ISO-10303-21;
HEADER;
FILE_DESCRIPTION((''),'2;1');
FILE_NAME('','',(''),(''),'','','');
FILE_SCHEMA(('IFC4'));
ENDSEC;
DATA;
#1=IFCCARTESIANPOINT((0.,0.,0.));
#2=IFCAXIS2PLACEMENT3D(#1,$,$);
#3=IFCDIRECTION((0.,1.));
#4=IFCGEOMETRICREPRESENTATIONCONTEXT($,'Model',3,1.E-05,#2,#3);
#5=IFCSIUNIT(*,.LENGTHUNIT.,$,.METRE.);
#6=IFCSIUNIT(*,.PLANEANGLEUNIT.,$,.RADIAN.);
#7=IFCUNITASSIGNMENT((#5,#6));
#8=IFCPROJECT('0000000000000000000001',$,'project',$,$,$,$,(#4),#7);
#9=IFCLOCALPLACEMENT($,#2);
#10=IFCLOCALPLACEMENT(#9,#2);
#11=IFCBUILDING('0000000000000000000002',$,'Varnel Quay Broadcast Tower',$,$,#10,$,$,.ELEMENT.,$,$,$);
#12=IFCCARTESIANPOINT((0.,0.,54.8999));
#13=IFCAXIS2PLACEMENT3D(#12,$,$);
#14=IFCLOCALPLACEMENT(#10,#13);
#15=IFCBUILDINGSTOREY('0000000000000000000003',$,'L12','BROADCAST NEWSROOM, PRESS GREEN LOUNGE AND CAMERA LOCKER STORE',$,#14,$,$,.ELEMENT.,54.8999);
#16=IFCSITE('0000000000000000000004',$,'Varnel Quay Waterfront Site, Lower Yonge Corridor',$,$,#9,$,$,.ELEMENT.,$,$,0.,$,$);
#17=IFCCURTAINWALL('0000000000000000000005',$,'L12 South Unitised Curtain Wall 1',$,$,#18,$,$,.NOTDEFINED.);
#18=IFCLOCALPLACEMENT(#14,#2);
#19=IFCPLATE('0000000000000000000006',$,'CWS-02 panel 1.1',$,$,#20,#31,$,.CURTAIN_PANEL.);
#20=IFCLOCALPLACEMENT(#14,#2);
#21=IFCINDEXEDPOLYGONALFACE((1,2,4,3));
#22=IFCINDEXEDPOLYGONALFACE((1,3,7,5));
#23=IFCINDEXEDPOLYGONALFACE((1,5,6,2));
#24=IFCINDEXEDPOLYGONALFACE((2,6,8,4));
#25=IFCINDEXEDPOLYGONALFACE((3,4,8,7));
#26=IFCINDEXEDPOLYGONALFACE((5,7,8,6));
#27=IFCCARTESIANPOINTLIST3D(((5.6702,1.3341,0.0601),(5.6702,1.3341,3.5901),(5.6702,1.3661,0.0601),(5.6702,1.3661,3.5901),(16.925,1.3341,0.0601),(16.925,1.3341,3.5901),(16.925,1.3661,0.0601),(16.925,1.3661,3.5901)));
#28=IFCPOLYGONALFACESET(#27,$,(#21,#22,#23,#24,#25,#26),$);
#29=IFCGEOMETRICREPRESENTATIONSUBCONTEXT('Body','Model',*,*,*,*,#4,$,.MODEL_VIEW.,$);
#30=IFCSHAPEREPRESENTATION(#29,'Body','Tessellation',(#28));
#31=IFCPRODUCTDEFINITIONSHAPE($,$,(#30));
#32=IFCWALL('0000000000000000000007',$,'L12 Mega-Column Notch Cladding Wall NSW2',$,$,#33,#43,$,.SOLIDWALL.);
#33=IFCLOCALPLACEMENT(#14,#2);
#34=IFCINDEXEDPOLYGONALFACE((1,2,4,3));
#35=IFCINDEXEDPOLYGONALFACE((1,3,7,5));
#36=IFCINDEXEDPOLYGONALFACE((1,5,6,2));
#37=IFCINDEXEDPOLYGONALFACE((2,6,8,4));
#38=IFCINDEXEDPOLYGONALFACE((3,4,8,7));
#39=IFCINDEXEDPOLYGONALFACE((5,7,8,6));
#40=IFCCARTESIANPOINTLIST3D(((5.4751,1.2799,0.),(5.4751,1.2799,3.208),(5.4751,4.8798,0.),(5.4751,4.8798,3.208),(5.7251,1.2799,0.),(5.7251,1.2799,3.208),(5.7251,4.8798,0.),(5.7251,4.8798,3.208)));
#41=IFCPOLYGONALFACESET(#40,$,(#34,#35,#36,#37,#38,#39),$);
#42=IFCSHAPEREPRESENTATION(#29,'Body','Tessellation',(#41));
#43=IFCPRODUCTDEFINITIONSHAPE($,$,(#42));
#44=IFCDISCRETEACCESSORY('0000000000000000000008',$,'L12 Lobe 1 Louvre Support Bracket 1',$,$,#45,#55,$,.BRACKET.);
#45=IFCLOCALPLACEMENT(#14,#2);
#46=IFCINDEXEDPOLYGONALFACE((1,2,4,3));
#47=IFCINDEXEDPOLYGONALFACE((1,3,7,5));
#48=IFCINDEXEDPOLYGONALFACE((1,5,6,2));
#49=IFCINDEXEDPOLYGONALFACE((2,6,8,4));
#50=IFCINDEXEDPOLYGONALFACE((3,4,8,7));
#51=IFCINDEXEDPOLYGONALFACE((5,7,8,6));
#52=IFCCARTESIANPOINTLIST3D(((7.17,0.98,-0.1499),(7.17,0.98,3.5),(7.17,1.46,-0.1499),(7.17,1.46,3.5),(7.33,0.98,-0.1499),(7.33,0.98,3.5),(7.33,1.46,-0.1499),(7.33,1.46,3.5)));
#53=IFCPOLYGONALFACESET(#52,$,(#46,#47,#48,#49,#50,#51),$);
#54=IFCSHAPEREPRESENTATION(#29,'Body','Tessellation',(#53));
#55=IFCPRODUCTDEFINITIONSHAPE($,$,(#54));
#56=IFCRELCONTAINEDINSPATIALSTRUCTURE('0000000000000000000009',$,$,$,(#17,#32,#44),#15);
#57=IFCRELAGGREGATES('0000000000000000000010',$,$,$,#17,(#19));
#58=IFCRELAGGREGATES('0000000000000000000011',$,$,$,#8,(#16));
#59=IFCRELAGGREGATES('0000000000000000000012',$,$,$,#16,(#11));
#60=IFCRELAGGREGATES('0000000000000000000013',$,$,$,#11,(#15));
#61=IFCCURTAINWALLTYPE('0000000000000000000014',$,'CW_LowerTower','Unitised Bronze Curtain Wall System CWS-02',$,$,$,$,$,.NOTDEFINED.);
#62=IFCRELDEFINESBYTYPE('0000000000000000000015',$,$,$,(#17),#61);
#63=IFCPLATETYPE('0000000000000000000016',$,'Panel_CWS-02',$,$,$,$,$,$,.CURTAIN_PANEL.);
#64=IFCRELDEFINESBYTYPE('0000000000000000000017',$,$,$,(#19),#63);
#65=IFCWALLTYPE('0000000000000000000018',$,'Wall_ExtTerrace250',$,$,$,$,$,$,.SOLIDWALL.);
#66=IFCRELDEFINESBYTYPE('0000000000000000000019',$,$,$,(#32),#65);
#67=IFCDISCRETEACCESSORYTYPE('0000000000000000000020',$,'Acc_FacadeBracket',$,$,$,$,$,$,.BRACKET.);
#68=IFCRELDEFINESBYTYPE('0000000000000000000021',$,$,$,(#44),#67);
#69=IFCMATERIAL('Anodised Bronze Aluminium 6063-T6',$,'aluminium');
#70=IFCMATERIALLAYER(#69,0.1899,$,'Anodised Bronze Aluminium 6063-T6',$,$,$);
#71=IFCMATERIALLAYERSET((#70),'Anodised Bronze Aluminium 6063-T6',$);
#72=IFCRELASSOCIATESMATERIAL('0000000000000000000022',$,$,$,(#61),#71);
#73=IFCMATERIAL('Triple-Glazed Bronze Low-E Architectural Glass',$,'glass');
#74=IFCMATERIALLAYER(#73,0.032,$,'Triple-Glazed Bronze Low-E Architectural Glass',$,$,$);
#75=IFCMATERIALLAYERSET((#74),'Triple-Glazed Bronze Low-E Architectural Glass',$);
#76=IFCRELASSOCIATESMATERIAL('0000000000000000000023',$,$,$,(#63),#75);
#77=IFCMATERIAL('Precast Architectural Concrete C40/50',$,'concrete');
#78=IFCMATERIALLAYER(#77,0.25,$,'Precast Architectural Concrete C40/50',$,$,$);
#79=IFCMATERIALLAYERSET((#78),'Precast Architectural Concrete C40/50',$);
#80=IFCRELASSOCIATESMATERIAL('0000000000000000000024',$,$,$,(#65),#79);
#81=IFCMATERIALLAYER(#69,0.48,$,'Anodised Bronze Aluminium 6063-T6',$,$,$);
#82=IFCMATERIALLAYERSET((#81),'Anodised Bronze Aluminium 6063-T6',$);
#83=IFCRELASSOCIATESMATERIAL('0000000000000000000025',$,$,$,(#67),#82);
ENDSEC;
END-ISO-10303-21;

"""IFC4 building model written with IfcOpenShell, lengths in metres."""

from ifc_helpers import new_model, si_unit, direction, frame, frame_2d, origin, origin_2d, place, context, subcontext, project, spatial, rectangle, extrude, source, transform, mapped, material, layer, layer_set, type_object, type_shapes, element, aggregate, save


model = new_model("IFC4")

# Units and contexts
model_context = context("Model", 3, precision=1e-05, world=origin(), true_north=direction((0.0, 1.0)))
body_context = subcontext(model_context, "Body", "Model", "MODEL_VIEW")
ifc_project = project(units=[si_unit("LENGTHUNIT", "METRE"), si_unit("PLANEANGLEUNIT", "RADIAN")], contexts=[model_context])

# Site, building, storey
site_placement = place(None, origin())
site = spatial("IfcSite", under=ifc_project, at=site_placement, Name="Varnel Quay Waterfront Site, Lower Yonge Corridor", CompositionType="ELEMENT", RefElevation=0.0)
building_placement = place(site_placement, origin())
building = spatial("IfcBuilding", under=site, at=building_placement, Name="Varnel Quay Broadcast Tower", CompositionType="ELEMENT")
storey_placement = place(building_placement, frame((0.0, 0.0, 54.8999)))
storey = spatial("IfcBuildingStorey", under=building, at=storey_placement, Name="L12", Description="BROADCAST NEWSROOM, PRESS GREEN LOUNGE AND CAMERA LOCKER STORE", CompositionType="ELEMENT", Elevation=54.8999)

# Curtain wall
ifc_material_1 = material(Name="Anodised Bronze Aluminium 6063-T6", Category="aluminium")
ifc_layer_1 = layer(ifc_material_1, 0.1899, Name="Anodised Bronze Aluminium 6063-T6")
ifc_layer_set_1 = layer_set([ifc_layer_1], Name="Anodised Bronze Aluminium 6063-T6")
curtain_wall_type_1 = type_object("IfcCurtainWallType", Name="CW_LowerTower", Description="Unitised Bronze Curtain Wall System CWS-02", PredefinedType="NOTDEFINED", material=ifc_layer_set_1)
curtain_wall_1_placement = place(storey_placement, origin())
curtain_wall_1 = element("IfcCurtainWall", 1, at=curtain_wall_1_placement, inside=storey, type_object=curtain_wall_type_1, Name="L12 South Unitised Curtain Wall 1", PredefinedType="NOTDEFINED")

# Shared definitions
ifc_material_2 = material(Name="Triple-Glazed Bronze Low-E Architectural Glass", Category="glass")

# Plate
ifc_layer_2 = layer(ifc_material_2, 0.032, Name="Triple-Glazed Bronze Low-E Architectural Glass")
ifc_layer_set_2 = layer_set([ifc_layer_2], Name="Triple-Glazed Bronze Low-E Architectural Glass")
plate_type_1 = type_object("IfcPlateType", Name="Panel_CWS-02", PredefinedType="CURTAIN_PANEL", material=ifc_layer_set_2)
shared_shape_1 = source(origin(), body_context, "Body", "SweptSolid", [
    extrude(rectangle(XDim=11.2549, YDim=0.032, at=origin_2d()), origin(), (0.0, 0.0, 1.0), 3.53),
])
type_shapes(plate_type_1, [shared_shape_1])
plate_1_placement = place(storey_placement, frame((11.2976, 1.3501, 0.0601), z_axis=(0.0, 0.0, 1.0), x_axis=(1.0, 0.0, 0.0)))
plate_1 = element("IfcPlate", 2, at=plate_1_placement, type_object=plate_type_1, Name="CWS-02 panel 1.1", PredefinedType="CURTAIN_PANEL", context=body_context, shape_type="MappedRepresentation", body=[
    mapped(shared_shape_1, transform((0.0, 0.0, 0.0), x_axis=(1.0, 0.0, 0.0), y_axis=(0.0, 1.0, 0.0), z_axis=(0.0, 0.0, 1.0), scale=1.0)),
])
aggregate(curtain_wall_1, [plate_1])

# Wall
ifc_material_3 = material(Name="Precast Architectural Concrete C40/50", Category="concrete")
ifc_layer_3 = layer(ifc_material_3, 0.25, Name="Precast Architectural Concrete C40/50")
ifc_layer_set_3 = layer_set([ifc_layer_3], Name="Precast Architectural Concrete C40/50")
wall_type = type_object("IfcWallType", Name="Wall_ExtTerrace250", PredefinedType="SOLIDWALL", material=ifc_layer_set_3)
wall_placement = place(storey_placement, frame((5.6001, 1.28, 0.0), z_axis=(0.0, 0.0, 1.0), x_axis=(0.0, 1.0, 0.0)))
element("IfcWall", 3, at=wall_placement, inside=storey, type_object=wall_type, Name="L12 Mega-Column Notch Cladding Wall NSW2", PredefinedType="SOLIDWALL", context=body_context, shape_type="SweptSolid", body=[
    extrude(rectangle(XDim=3.5999, YDim=0.25, at=frame_2d((1.7998, 0.0))), origin(), (0.0, 0.0, 1.0), 3.208),
])

# Discrete accessory
ifc_layer_4 = layer(ifc_material_1, 0.48, Name="Anodised Bronze Aluminium 6063-T6")
ifc_layer_set_4 = layer_set([ifc_layer_4], Name="Anodised Bronze Aluminium 6063-T6")
discrete_accessory_type = type_object("IfcDiscreteAccessoryType", Name="Acc_FacadeBracket", PredefinedType="BRACKET", material=ifc_layer_set_4)
shared_shape_2 = source(origin(), body_context, "Body", "SweptSolid", [
    extrude(rectangle(XDim=0.1599, YDim=0.48, at=origin_2d()), origin(), (0.0, 0.0, 1.0), 3.6499),
])
type_shapes(discrete_accessory_type, [shared_shape_2])
discrete_accessory_placement = place(storey_placement, frame((7.25, 1.22, -0.1499), z_axis=(0.0, 0.0, 1.0), x_axis=(1.0, 0.0, 0.0)))
element("IfcDiscreteAccessory", 4, at=discrete_accessory_placement, inside=storey, type_object=discrete_accessory_type, Name="L12 Lobe 1 Louvre Support Bracket 1", PredefinedType="BRACKET", context=body_context, shape_type="MappedRepresentation", body=[
    mapped(shared_shape_2, transform((0.0, 0.0, 0.0), x_axis=(1.0, 0.0, 0.0), y_axis=(0.0, 1.0, 0.0), z_axis=(0.0, 0.0, 1.0), scale=1.0)),
])

save(model, "model.ifc")
